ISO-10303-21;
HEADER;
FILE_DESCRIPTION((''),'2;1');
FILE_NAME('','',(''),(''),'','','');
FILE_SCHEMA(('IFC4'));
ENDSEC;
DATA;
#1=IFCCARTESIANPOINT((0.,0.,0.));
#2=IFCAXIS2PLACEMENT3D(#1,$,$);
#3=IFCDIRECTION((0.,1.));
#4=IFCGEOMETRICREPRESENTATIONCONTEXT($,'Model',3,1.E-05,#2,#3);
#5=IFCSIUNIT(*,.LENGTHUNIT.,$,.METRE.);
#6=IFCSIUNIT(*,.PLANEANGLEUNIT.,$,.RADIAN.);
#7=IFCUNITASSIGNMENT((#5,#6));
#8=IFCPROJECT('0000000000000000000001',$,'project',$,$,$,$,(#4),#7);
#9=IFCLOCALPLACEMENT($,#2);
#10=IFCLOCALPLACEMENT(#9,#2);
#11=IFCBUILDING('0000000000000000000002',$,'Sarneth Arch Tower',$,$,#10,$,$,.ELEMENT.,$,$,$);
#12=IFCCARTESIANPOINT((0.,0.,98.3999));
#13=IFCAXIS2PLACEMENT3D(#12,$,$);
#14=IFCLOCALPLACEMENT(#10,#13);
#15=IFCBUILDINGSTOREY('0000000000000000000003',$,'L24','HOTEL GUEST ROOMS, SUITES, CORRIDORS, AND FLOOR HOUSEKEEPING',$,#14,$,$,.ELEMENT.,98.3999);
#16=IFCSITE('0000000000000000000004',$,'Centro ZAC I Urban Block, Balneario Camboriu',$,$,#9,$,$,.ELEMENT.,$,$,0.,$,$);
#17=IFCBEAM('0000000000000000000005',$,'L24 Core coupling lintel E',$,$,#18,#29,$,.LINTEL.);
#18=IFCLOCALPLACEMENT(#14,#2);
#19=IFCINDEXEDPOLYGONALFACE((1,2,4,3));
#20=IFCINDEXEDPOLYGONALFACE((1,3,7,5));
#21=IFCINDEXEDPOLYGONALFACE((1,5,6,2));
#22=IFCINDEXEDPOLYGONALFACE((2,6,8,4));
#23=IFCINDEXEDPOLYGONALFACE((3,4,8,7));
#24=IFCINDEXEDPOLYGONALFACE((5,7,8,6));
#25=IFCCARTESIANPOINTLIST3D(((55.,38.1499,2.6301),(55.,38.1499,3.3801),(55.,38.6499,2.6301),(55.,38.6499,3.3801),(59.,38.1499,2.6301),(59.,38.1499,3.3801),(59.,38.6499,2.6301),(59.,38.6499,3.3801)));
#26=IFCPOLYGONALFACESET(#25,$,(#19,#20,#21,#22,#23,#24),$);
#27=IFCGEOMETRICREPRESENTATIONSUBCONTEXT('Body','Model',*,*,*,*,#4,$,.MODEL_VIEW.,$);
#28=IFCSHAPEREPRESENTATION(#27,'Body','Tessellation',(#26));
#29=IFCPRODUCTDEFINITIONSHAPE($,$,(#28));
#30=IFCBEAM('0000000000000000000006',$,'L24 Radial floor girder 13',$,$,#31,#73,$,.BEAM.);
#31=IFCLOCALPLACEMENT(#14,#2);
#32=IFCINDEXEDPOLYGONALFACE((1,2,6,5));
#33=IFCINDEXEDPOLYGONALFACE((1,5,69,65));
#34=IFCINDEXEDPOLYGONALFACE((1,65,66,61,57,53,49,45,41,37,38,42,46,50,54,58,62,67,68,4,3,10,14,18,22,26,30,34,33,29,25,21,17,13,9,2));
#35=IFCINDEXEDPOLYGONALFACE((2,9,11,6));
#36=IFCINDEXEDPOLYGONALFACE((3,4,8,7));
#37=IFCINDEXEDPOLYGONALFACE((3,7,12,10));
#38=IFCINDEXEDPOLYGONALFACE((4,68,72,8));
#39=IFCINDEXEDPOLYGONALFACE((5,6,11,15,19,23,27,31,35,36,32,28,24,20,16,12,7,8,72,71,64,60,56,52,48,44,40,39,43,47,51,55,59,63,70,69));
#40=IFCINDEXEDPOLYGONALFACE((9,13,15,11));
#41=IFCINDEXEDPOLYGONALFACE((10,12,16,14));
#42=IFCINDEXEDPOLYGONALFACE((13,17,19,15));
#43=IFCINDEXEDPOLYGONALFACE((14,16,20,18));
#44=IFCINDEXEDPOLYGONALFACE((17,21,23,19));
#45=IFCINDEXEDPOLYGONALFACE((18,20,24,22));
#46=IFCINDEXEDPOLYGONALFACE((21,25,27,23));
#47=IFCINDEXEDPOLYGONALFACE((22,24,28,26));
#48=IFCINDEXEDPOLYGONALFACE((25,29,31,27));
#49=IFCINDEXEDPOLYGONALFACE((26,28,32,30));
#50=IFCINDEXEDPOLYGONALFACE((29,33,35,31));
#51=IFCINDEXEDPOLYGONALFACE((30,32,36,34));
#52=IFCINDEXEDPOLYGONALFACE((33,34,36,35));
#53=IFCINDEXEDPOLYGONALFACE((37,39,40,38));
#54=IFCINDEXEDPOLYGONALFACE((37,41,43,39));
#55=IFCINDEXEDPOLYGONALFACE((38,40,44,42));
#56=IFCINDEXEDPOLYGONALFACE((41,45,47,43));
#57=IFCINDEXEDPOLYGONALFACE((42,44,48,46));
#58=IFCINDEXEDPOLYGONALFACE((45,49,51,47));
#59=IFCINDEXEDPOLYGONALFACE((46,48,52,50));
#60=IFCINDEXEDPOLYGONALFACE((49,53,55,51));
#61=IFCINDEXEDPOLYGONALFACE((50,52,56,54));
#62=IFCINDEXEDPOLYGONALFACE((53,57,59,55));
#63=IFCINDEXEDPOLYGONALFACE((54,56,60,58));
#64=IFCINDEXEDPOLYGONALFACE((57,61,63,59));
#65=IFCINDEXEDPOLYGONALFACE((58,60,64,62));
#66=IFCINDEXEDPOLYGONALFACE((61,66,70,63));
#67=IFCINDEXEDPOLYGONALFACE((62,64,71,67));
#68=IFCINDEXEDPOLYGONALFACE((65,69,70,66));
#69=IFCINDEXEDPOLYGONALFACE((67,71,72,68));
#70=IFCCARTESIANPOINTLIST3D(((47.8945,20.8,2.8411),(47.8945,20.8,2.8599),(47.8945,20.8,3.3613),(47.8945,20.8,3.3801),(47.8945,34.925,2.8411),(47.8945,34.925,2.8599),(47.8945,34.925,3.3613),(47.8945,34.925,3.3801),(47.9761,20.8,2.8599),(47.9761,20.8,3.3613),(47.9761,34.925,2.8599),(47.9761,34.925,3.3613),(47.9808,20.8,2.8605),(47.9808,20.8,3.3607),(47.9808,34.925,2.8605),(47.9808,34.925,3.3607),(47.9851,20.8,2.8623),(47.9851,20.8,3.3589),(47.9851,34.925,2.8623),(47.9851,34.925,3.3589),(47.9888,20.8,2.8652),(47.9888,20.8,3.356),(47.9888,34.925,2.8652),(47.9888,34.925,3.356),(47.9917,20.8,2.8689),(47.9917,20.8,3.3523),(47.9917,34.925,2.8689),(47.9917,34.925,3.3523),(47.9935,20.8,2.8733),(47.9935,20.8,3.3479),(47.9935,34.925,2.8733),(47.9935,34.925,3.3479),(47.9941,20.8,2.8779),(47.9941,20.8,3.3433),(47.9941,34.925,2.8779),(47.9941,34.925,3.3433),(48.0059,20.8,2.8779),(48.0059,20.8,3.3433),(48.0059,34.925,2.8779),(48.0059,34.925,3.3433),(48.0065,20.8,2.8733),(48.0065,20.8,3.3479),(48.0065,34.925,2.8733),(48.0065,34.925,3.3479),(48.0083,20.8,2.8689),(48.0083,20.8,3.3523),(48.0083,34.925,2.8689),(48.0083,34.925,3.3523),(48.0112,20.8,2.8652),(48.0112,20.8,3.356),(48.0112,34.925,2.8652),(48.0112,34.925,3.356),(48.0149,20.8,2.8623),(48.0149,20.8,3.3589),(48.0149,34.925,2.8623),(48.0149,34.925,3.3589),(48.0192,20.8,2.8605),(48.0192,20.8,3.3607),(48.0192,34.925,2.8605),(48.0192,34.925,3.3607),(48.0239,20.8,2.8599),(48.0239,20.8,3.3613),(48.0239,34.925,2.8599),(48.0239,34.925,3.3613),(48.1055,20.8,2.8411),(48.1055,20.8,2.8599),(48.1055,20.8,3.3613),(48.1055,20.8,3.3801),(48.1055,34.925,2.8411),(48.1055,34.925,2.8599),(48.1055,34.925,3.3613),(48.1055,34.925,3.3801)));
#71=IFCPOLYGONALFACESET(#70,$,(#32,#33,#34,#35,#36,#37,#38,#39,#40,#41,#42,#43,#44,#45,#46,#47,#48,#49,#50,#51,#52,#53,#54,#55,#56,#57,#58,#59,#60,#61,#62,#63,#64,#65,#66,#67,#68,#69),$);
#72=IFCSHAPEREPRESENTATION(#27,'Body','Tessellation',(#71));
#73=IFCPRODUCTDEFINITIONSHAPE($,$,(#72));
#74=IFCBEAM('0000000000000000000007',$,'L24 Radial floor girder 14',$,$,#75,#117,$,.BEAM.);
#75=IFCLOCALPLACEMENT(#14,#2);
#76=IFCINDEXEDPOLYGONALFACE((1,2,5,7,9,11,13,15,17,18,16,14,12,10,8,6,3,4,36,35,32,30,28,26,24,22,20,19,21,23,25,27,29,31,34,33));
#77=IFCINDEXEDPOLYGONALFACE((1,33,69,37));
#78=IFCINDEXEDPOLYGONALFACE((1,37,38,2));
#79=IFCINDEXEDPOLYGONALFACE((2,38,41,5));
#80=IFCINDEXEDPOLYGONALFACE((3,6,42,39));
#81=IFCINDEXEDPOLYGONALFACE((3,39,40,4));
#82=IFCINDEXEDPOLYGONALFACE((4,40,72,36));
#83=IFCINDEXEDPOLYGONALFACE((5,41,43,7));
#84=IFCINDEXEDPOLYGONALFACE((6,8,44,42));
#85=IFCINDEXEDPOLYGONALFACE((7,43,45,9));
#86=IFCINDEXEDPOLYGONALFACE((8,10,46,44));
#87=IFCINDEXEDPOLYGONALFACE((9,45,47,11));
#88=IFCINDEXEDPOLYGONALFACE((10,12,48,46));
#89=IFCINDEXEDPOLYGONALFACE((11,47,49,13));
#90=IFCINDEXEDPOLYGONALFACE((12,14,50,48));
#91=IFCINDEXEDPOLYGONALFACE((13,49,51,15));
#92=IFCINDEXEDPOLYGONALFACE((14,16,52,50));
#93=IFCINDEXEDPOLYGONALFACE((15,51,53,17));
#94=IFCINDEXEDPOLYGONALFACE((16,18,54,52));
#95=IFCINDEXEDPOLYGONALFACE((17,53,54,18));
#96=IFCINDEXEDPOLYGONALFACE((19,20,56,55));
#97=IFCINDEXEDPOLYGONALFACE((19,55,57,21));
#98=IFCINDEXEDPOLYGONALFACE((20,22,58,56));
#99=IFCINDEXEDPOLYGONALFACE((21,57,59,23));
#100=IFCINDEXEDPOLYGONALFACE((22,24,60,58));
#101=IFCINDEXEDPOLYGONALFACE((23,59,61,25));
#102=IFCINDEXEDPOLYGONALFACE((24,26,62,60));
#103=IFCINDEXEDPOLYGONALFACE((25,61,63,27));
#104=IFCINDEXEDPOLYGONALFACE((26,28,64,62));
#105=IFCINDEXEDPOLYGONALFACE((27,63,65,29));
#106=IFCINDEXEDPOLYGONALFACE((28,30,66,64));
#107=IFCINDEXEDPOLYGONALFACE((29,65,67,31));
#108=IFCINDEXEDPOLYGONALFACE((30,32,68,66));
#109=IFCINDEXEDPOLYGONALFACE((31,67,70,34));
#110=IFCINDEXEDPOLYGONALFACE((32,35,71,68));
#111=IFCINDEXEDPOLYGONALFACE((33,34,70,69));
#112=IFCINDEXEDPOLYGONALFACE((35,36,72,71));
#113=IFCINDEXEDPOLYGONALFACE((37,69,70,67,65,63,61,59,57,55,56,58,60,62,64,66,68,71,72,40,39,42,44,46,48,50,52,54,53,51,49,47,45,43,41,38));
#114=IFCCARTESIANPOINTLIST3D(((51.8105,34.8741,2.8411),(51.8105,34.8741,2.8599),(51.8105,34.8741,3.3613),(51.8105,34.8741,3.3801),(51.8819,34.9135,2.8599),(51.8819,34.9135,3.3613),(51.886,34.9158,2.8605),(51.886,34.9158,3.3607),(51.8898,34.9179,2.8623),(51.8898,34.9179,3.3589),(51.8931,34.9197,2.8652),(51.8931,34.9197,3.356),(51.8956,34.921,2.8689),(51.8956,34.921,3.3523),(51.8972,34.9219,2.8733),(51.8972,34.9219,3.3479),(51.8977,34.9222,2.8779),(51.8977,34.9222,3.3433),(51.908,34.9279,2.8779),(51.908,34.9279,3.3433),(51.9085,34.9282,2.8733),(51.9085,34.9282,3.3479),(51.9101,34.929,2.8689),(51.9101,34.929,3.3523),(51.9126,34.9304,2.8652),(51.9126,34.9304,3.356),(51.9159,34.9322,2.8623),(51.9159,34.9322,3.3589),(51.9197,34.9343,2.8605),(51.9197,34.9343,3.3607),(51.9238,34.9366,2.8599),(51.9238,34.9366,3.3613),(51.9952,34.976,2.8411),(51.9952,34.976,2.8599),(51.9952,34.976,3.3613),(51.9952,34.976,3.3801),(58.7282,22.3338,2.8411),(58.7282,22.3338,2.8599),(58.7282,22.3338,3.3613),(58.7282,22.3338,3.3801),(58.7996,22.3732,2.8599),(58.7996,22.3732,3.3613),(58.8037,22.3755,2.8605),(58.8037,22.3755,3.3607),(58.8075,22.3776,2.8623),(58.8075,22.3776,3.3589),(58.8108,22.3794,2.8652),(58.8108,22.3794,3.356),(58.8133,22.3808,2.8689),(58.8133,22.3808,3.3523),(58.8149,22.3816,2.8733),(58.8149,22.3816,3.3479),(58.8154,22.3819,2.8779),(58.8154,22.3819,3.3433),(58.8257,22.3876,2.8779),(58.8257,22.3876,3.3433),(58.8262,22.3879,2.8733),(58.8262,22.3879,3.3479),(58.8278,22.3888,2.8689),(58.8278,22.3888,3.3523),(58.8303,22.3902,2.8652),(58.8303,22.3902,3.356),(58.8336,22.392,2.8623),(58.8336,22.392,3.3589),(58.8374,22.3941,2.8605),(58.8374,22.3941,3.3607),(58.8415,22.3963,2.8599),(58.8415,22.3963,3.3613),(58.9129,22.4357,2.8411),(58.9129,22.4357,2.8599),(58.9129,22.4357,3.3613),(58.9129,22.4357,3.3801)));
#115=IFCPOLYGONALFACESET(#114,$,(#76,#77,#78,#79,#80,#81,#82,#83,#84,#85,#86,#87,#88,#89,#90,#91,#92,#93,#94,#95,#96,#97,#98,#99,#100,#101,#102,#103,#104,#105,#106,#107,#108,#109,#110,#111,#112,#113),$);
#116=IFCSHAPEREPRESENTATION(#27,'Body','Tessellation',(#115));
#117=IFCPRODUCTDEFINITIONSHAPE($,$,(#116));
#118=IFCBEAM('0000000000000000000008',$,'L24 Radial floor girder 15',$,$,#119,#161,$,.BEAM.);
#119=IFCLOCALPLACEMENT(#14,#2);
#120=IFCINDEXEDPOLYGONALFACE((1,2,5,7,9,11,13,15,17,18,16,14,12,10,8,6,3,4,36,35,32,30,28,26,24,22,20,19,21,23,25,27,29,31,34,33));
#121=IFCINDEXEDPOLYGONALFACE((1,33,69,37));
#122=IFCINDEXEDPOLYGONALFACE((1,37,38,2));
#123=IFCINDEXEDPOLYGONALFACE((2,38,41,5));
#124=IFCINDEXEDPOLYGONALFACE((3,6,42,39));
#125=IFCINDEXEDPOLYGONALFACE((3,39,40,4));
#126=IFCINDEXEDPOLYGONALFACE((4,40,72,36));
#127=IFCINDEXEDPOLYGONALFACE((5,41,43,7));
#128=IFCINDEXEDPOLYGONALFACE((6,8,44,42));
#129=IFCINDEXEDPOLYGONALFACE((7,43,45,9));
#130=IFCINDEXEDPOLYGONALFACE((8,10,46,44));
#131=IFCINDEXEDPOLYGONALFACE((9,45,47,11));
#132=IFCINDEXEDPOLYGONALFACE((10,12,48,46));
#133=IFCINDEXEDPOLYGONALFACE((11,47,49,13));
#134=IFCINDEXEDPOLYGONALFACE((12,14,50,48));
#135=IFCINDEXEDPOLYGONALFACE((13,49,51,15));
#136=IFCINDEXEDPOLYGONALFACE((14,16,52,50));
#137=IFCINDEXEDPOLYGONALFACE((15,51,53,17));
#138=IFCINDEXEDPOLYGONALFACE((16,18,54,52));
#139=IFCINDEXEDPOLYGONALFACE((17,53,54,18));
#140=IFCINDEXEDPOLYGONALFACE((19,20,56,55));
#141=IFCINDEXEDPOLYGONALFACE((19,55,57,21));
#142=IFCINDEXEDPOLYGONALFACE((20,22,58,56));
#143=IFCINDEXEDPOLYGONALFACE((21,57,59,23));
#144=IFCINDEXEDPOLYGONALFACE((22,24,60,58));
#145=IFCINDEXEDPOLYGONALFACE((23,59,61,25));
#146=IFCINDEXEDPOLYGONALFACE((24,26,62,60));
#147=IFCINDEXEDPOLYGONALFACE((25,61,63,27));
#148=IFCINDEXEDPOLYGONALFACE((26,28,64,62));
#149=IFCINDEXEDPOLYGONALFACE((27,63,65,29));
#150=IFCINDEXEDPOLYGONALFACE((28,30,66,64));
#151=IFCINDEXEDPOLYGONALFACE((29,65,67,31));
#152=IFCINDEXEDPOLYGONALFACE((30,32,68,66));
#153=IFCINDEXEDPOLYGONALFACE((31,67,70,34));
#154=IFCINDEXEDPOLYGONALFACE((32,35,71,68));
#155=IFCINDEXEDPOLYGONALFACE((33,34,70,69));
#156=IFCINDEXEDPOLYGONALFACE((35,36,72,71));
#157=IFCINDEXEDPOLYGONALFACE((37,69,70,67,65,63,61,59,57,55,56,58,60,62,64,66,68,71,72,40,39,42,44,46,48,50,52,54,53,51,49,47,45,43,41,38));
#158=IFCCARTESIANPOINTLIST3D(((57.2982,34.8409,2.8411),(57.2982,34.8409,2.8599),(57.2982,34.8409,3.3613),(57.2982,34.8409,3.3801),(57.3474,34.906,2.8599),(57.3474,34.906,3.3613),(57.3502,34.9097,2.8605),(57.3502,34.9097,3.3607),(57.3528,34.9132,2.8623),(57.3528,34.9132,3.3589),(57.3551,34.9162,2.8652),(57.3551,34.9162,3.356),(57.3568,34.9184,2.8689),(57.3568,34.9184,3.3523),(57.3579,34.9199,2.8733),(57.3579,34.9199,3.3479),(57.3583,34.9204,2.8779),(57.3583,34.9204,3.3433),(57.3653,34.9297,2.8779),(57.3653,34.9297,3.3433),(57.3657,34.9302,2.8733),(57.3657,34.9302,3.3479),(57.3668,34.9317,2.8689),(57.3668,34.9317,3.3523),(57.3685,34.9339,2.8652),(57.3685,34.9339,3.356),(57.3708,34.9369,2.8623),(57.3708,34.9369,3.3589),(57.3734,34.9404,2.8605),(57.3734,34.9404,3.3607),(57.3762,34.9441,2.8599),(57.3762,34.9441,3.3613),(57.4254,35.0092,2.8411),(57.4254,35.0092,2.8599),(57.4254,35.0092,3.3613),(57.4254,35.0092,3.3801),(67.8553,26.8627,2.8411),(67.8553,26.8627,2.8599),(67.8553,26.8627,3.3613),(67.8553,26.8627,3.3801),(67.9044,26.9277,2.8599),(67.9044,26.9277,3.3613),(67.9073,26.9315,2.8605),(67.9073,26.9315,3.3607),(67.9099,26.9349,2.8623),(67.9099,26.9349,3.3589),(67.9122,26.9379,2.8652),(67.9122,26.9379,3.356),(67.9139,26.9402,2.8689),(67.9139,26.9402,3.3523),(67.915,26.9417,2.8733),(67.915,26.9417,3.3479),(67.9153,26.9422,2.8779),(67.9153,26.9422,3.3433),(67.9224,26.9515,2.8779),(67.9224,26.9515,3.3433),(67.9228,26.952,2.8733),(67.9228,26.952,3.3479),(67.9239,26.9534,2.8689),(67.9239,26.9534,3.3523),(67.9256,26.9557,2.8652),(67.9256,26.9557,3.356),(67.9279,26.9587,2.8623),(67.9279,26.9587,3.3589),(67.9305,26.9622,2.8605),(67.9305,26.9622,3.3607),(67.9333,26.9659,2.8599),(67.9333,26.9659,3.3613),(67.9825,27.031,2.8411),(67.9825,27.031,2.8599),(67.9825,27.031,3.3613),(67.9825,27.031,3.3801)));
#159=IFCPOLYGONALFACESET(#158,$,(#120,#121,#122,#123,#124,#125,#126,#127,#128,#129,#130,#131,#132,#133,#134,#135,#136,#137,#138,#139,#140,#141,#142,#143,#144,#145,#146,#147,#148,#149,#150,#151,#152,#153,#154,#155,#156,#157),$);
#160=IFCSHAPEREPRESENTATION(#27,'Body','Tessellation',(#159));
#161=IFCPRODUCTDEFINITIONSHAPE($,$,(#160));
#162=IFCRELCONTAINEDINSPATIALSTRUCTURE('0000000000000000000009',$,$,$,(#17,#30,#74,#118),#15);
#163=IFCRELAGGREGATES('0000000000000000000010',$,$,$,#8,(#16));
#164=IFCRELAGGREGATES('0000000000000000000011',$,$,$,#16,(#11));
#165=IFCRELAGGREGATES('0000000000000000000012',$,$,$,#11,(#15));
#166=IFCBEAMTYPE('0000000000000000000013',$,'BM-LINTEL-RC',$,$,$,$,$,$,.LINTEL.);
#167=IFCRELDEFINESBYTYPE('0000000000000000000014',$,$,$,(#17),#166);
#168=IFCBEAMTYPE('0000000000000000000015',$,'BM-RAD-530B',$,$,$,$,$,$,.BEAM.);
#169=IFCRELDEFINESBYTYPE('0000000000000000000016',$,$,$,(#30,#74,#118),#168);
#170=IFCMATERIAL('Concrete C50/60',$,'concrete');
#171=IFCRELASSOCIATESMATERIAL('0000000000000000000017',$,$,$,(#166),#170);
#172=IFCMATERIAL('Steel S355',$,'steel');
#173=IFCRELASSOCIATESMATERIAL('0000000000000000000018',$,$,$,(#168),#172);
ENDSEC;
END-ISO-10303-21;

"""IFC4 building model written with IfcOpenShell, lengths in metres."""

from ifc_helpers import new_model, si_unit, direction, frame, origin, origin_2d, place, context, subcontext, project, spatial, rectangle, i_section, extrude, material, material_profile, profile_set, type_object, element, save


model = new_model("IFC4")

# Units and contexts
model_context = context("Model", 3, precision=1e-05, world=origin(), true_north=direction((0.0, 1.0)))
body_context = subcontext(model_context, "Body", "Model", "MODEL_VIEW")
ifc_project = project(units=[si_unit("LENGTHUNIT", "METRE"), si_unit("PLANEANGLEUNIT", "RADIAN")], contexts=[model_context])

# Site, building, storey
site_placement = place(None, origin())
site = spatial("IfcSite", under=ifc_project, at=site_placement, Name="Centro ZAC I Urban Block, Balneario Camboriu", CompositionType="ELEMENT", RefElevation=0.0)
building_placement = place(site_placement, origin())
building = spatial("IfcBuilding", under=site, at=building_placement, Name="Sarneth Arch Tower", CompositionType="ELEMENT")
storey_placement = place(building_placement, frame((0.0, 0.0, 98.3999)))
storey = spatial("IfcBuildingStorey", under=building, at=storey_placement, Name="L24", Description="HOTEL GUEST ROOMS, SUITES, CORRIDORS, AND FLOOR HOUSEKEEPING", CompositionType="ELEMENT", Elevation=98.3999)

# Beams
ifc_material_1 = material(Name="Concrete C50/60", Category="concrete")
ifc_material_profile_1 = material_profile(ifc_material_1, rectangle(XDim=0.5, YDim=0.75, at=origin_2d()), Name="RC-500x750")
ifc_profile_set_1 = profile_set([ifc_material_profile_1], Name="Concrete C50/60")
beam_type_1 = type_object("IfcBeamType", Name="BM-LINTEL-RC", PredefinedType="LINTEL", material=ifc_profile_set_1)
beam_1_placement = place(storey_placement, frame((55.0, 38.3999, 3.0051), z_axis=(1.0, 0.0, 0.0), x_axis=(0.0, 1.0, 0.0)))
element("IfcBeam", 1, at=beam_1_placement, inside=storey, type_object=beam_type_1, Name="L24 Core coupling lintel E", PredefinedType="LINTEL", context=body_context, shape_type="SweptSolid", body=[
    extrude(rectangle(XDim=0.5, YDim=0.75, at=origin_2d()), origin(), (0.0, 0.0, 1.0), 4.0),
])
ifc_material_2 = material(Name="Steel S355", Category="steel")
ifc_material_profile_2 = material_profile(ifc_material_2, i_section(OverallWidth=0.2109, OverallDepth=0.5391, WebThickness=0.0117, FlangeThickness=0.0188, FilletRadius=0.0181, at=origin_2d()), Name="W530x109")
ifc_profile_set_2 = profile_set([ifc_material_profile_2], Name="Steel S355")
beam_type_2 = type_object("IfcBeamType", Name="BM-RAD-530B", PredefinedType="BEAM", material=ifc_profile_set_2)
beam_2_placement = place(storey_placement, frame((48.0, 34.925, 3.1106), z_axis=(0.0, -1.0, 0.0), x_axis=(1.0, 0.0, 0.0)))
element("IfcBeam", 2, at=beam_2_placement, inside=storey, type_object=beam_type_2, Name="L24 Radial floor girder 13", PredefinedType="BEAM", context=body_context, shape_type="SweptSolid", body=[
    extrude(i_section(OverallWidth=0.2109, OverallDepth=0.5391, WebThickness=0.0117, FlangeThickness=0.0188, FilletRadius=0.0181, at=origin_2d()), origin(), (0.0, 0.0, 1.0), 14.125),
])
beam_3_placement = place(storey_placement, frame((51.9028, 34.925, 3.1106), z_axis=(0.483021, -0.875609, 0.0), x_axis=(0.875609, 0.483021, 0.0)))
element("IfcBeam", 3, at=beam_3_placement, inside=storey, type_object=beam_type_2, Name="L24 Radial floor girder 14", PredefinedType="BEAM", context=body_context, shape_type="SweptSolid", body=[
    extrude(i_section(OverallWidth=0.2109, OverallDepth=0.5391, WebThickness=0.0117, FlangeThickness=0.0188, FilletRadius=0.0181, at=origin_2d()), origin(), (0.0, 0.0, 1.0), 14.3218),
])
beam_4_placement = place(storey_placement, frame((57.3618, 34.925, 3.1106), z_axis=(0.797803, -0.602918, 0.0), x_axis=(0.602918, 0.797803, 0.0)))
element("IfcBeam", 4, at=beam_4_placement, inside=storey, type_object=beam_type_2, Name="L24 Radial floor girder 15", PredefinedType="BEAM", context=body_context, shape_type="SweptSolid", body=[
    extrude(i_section(OverallWidth=0.2109, OverallDepth=0.5391, WebThickness=0.0117, FlangeThickness=0.0188, FilletRadius=0.0181, at=origin_2d()), origin(), (0.0, 0.0, 1.0), 13.2327),
])

save(model, "model.ifc")
